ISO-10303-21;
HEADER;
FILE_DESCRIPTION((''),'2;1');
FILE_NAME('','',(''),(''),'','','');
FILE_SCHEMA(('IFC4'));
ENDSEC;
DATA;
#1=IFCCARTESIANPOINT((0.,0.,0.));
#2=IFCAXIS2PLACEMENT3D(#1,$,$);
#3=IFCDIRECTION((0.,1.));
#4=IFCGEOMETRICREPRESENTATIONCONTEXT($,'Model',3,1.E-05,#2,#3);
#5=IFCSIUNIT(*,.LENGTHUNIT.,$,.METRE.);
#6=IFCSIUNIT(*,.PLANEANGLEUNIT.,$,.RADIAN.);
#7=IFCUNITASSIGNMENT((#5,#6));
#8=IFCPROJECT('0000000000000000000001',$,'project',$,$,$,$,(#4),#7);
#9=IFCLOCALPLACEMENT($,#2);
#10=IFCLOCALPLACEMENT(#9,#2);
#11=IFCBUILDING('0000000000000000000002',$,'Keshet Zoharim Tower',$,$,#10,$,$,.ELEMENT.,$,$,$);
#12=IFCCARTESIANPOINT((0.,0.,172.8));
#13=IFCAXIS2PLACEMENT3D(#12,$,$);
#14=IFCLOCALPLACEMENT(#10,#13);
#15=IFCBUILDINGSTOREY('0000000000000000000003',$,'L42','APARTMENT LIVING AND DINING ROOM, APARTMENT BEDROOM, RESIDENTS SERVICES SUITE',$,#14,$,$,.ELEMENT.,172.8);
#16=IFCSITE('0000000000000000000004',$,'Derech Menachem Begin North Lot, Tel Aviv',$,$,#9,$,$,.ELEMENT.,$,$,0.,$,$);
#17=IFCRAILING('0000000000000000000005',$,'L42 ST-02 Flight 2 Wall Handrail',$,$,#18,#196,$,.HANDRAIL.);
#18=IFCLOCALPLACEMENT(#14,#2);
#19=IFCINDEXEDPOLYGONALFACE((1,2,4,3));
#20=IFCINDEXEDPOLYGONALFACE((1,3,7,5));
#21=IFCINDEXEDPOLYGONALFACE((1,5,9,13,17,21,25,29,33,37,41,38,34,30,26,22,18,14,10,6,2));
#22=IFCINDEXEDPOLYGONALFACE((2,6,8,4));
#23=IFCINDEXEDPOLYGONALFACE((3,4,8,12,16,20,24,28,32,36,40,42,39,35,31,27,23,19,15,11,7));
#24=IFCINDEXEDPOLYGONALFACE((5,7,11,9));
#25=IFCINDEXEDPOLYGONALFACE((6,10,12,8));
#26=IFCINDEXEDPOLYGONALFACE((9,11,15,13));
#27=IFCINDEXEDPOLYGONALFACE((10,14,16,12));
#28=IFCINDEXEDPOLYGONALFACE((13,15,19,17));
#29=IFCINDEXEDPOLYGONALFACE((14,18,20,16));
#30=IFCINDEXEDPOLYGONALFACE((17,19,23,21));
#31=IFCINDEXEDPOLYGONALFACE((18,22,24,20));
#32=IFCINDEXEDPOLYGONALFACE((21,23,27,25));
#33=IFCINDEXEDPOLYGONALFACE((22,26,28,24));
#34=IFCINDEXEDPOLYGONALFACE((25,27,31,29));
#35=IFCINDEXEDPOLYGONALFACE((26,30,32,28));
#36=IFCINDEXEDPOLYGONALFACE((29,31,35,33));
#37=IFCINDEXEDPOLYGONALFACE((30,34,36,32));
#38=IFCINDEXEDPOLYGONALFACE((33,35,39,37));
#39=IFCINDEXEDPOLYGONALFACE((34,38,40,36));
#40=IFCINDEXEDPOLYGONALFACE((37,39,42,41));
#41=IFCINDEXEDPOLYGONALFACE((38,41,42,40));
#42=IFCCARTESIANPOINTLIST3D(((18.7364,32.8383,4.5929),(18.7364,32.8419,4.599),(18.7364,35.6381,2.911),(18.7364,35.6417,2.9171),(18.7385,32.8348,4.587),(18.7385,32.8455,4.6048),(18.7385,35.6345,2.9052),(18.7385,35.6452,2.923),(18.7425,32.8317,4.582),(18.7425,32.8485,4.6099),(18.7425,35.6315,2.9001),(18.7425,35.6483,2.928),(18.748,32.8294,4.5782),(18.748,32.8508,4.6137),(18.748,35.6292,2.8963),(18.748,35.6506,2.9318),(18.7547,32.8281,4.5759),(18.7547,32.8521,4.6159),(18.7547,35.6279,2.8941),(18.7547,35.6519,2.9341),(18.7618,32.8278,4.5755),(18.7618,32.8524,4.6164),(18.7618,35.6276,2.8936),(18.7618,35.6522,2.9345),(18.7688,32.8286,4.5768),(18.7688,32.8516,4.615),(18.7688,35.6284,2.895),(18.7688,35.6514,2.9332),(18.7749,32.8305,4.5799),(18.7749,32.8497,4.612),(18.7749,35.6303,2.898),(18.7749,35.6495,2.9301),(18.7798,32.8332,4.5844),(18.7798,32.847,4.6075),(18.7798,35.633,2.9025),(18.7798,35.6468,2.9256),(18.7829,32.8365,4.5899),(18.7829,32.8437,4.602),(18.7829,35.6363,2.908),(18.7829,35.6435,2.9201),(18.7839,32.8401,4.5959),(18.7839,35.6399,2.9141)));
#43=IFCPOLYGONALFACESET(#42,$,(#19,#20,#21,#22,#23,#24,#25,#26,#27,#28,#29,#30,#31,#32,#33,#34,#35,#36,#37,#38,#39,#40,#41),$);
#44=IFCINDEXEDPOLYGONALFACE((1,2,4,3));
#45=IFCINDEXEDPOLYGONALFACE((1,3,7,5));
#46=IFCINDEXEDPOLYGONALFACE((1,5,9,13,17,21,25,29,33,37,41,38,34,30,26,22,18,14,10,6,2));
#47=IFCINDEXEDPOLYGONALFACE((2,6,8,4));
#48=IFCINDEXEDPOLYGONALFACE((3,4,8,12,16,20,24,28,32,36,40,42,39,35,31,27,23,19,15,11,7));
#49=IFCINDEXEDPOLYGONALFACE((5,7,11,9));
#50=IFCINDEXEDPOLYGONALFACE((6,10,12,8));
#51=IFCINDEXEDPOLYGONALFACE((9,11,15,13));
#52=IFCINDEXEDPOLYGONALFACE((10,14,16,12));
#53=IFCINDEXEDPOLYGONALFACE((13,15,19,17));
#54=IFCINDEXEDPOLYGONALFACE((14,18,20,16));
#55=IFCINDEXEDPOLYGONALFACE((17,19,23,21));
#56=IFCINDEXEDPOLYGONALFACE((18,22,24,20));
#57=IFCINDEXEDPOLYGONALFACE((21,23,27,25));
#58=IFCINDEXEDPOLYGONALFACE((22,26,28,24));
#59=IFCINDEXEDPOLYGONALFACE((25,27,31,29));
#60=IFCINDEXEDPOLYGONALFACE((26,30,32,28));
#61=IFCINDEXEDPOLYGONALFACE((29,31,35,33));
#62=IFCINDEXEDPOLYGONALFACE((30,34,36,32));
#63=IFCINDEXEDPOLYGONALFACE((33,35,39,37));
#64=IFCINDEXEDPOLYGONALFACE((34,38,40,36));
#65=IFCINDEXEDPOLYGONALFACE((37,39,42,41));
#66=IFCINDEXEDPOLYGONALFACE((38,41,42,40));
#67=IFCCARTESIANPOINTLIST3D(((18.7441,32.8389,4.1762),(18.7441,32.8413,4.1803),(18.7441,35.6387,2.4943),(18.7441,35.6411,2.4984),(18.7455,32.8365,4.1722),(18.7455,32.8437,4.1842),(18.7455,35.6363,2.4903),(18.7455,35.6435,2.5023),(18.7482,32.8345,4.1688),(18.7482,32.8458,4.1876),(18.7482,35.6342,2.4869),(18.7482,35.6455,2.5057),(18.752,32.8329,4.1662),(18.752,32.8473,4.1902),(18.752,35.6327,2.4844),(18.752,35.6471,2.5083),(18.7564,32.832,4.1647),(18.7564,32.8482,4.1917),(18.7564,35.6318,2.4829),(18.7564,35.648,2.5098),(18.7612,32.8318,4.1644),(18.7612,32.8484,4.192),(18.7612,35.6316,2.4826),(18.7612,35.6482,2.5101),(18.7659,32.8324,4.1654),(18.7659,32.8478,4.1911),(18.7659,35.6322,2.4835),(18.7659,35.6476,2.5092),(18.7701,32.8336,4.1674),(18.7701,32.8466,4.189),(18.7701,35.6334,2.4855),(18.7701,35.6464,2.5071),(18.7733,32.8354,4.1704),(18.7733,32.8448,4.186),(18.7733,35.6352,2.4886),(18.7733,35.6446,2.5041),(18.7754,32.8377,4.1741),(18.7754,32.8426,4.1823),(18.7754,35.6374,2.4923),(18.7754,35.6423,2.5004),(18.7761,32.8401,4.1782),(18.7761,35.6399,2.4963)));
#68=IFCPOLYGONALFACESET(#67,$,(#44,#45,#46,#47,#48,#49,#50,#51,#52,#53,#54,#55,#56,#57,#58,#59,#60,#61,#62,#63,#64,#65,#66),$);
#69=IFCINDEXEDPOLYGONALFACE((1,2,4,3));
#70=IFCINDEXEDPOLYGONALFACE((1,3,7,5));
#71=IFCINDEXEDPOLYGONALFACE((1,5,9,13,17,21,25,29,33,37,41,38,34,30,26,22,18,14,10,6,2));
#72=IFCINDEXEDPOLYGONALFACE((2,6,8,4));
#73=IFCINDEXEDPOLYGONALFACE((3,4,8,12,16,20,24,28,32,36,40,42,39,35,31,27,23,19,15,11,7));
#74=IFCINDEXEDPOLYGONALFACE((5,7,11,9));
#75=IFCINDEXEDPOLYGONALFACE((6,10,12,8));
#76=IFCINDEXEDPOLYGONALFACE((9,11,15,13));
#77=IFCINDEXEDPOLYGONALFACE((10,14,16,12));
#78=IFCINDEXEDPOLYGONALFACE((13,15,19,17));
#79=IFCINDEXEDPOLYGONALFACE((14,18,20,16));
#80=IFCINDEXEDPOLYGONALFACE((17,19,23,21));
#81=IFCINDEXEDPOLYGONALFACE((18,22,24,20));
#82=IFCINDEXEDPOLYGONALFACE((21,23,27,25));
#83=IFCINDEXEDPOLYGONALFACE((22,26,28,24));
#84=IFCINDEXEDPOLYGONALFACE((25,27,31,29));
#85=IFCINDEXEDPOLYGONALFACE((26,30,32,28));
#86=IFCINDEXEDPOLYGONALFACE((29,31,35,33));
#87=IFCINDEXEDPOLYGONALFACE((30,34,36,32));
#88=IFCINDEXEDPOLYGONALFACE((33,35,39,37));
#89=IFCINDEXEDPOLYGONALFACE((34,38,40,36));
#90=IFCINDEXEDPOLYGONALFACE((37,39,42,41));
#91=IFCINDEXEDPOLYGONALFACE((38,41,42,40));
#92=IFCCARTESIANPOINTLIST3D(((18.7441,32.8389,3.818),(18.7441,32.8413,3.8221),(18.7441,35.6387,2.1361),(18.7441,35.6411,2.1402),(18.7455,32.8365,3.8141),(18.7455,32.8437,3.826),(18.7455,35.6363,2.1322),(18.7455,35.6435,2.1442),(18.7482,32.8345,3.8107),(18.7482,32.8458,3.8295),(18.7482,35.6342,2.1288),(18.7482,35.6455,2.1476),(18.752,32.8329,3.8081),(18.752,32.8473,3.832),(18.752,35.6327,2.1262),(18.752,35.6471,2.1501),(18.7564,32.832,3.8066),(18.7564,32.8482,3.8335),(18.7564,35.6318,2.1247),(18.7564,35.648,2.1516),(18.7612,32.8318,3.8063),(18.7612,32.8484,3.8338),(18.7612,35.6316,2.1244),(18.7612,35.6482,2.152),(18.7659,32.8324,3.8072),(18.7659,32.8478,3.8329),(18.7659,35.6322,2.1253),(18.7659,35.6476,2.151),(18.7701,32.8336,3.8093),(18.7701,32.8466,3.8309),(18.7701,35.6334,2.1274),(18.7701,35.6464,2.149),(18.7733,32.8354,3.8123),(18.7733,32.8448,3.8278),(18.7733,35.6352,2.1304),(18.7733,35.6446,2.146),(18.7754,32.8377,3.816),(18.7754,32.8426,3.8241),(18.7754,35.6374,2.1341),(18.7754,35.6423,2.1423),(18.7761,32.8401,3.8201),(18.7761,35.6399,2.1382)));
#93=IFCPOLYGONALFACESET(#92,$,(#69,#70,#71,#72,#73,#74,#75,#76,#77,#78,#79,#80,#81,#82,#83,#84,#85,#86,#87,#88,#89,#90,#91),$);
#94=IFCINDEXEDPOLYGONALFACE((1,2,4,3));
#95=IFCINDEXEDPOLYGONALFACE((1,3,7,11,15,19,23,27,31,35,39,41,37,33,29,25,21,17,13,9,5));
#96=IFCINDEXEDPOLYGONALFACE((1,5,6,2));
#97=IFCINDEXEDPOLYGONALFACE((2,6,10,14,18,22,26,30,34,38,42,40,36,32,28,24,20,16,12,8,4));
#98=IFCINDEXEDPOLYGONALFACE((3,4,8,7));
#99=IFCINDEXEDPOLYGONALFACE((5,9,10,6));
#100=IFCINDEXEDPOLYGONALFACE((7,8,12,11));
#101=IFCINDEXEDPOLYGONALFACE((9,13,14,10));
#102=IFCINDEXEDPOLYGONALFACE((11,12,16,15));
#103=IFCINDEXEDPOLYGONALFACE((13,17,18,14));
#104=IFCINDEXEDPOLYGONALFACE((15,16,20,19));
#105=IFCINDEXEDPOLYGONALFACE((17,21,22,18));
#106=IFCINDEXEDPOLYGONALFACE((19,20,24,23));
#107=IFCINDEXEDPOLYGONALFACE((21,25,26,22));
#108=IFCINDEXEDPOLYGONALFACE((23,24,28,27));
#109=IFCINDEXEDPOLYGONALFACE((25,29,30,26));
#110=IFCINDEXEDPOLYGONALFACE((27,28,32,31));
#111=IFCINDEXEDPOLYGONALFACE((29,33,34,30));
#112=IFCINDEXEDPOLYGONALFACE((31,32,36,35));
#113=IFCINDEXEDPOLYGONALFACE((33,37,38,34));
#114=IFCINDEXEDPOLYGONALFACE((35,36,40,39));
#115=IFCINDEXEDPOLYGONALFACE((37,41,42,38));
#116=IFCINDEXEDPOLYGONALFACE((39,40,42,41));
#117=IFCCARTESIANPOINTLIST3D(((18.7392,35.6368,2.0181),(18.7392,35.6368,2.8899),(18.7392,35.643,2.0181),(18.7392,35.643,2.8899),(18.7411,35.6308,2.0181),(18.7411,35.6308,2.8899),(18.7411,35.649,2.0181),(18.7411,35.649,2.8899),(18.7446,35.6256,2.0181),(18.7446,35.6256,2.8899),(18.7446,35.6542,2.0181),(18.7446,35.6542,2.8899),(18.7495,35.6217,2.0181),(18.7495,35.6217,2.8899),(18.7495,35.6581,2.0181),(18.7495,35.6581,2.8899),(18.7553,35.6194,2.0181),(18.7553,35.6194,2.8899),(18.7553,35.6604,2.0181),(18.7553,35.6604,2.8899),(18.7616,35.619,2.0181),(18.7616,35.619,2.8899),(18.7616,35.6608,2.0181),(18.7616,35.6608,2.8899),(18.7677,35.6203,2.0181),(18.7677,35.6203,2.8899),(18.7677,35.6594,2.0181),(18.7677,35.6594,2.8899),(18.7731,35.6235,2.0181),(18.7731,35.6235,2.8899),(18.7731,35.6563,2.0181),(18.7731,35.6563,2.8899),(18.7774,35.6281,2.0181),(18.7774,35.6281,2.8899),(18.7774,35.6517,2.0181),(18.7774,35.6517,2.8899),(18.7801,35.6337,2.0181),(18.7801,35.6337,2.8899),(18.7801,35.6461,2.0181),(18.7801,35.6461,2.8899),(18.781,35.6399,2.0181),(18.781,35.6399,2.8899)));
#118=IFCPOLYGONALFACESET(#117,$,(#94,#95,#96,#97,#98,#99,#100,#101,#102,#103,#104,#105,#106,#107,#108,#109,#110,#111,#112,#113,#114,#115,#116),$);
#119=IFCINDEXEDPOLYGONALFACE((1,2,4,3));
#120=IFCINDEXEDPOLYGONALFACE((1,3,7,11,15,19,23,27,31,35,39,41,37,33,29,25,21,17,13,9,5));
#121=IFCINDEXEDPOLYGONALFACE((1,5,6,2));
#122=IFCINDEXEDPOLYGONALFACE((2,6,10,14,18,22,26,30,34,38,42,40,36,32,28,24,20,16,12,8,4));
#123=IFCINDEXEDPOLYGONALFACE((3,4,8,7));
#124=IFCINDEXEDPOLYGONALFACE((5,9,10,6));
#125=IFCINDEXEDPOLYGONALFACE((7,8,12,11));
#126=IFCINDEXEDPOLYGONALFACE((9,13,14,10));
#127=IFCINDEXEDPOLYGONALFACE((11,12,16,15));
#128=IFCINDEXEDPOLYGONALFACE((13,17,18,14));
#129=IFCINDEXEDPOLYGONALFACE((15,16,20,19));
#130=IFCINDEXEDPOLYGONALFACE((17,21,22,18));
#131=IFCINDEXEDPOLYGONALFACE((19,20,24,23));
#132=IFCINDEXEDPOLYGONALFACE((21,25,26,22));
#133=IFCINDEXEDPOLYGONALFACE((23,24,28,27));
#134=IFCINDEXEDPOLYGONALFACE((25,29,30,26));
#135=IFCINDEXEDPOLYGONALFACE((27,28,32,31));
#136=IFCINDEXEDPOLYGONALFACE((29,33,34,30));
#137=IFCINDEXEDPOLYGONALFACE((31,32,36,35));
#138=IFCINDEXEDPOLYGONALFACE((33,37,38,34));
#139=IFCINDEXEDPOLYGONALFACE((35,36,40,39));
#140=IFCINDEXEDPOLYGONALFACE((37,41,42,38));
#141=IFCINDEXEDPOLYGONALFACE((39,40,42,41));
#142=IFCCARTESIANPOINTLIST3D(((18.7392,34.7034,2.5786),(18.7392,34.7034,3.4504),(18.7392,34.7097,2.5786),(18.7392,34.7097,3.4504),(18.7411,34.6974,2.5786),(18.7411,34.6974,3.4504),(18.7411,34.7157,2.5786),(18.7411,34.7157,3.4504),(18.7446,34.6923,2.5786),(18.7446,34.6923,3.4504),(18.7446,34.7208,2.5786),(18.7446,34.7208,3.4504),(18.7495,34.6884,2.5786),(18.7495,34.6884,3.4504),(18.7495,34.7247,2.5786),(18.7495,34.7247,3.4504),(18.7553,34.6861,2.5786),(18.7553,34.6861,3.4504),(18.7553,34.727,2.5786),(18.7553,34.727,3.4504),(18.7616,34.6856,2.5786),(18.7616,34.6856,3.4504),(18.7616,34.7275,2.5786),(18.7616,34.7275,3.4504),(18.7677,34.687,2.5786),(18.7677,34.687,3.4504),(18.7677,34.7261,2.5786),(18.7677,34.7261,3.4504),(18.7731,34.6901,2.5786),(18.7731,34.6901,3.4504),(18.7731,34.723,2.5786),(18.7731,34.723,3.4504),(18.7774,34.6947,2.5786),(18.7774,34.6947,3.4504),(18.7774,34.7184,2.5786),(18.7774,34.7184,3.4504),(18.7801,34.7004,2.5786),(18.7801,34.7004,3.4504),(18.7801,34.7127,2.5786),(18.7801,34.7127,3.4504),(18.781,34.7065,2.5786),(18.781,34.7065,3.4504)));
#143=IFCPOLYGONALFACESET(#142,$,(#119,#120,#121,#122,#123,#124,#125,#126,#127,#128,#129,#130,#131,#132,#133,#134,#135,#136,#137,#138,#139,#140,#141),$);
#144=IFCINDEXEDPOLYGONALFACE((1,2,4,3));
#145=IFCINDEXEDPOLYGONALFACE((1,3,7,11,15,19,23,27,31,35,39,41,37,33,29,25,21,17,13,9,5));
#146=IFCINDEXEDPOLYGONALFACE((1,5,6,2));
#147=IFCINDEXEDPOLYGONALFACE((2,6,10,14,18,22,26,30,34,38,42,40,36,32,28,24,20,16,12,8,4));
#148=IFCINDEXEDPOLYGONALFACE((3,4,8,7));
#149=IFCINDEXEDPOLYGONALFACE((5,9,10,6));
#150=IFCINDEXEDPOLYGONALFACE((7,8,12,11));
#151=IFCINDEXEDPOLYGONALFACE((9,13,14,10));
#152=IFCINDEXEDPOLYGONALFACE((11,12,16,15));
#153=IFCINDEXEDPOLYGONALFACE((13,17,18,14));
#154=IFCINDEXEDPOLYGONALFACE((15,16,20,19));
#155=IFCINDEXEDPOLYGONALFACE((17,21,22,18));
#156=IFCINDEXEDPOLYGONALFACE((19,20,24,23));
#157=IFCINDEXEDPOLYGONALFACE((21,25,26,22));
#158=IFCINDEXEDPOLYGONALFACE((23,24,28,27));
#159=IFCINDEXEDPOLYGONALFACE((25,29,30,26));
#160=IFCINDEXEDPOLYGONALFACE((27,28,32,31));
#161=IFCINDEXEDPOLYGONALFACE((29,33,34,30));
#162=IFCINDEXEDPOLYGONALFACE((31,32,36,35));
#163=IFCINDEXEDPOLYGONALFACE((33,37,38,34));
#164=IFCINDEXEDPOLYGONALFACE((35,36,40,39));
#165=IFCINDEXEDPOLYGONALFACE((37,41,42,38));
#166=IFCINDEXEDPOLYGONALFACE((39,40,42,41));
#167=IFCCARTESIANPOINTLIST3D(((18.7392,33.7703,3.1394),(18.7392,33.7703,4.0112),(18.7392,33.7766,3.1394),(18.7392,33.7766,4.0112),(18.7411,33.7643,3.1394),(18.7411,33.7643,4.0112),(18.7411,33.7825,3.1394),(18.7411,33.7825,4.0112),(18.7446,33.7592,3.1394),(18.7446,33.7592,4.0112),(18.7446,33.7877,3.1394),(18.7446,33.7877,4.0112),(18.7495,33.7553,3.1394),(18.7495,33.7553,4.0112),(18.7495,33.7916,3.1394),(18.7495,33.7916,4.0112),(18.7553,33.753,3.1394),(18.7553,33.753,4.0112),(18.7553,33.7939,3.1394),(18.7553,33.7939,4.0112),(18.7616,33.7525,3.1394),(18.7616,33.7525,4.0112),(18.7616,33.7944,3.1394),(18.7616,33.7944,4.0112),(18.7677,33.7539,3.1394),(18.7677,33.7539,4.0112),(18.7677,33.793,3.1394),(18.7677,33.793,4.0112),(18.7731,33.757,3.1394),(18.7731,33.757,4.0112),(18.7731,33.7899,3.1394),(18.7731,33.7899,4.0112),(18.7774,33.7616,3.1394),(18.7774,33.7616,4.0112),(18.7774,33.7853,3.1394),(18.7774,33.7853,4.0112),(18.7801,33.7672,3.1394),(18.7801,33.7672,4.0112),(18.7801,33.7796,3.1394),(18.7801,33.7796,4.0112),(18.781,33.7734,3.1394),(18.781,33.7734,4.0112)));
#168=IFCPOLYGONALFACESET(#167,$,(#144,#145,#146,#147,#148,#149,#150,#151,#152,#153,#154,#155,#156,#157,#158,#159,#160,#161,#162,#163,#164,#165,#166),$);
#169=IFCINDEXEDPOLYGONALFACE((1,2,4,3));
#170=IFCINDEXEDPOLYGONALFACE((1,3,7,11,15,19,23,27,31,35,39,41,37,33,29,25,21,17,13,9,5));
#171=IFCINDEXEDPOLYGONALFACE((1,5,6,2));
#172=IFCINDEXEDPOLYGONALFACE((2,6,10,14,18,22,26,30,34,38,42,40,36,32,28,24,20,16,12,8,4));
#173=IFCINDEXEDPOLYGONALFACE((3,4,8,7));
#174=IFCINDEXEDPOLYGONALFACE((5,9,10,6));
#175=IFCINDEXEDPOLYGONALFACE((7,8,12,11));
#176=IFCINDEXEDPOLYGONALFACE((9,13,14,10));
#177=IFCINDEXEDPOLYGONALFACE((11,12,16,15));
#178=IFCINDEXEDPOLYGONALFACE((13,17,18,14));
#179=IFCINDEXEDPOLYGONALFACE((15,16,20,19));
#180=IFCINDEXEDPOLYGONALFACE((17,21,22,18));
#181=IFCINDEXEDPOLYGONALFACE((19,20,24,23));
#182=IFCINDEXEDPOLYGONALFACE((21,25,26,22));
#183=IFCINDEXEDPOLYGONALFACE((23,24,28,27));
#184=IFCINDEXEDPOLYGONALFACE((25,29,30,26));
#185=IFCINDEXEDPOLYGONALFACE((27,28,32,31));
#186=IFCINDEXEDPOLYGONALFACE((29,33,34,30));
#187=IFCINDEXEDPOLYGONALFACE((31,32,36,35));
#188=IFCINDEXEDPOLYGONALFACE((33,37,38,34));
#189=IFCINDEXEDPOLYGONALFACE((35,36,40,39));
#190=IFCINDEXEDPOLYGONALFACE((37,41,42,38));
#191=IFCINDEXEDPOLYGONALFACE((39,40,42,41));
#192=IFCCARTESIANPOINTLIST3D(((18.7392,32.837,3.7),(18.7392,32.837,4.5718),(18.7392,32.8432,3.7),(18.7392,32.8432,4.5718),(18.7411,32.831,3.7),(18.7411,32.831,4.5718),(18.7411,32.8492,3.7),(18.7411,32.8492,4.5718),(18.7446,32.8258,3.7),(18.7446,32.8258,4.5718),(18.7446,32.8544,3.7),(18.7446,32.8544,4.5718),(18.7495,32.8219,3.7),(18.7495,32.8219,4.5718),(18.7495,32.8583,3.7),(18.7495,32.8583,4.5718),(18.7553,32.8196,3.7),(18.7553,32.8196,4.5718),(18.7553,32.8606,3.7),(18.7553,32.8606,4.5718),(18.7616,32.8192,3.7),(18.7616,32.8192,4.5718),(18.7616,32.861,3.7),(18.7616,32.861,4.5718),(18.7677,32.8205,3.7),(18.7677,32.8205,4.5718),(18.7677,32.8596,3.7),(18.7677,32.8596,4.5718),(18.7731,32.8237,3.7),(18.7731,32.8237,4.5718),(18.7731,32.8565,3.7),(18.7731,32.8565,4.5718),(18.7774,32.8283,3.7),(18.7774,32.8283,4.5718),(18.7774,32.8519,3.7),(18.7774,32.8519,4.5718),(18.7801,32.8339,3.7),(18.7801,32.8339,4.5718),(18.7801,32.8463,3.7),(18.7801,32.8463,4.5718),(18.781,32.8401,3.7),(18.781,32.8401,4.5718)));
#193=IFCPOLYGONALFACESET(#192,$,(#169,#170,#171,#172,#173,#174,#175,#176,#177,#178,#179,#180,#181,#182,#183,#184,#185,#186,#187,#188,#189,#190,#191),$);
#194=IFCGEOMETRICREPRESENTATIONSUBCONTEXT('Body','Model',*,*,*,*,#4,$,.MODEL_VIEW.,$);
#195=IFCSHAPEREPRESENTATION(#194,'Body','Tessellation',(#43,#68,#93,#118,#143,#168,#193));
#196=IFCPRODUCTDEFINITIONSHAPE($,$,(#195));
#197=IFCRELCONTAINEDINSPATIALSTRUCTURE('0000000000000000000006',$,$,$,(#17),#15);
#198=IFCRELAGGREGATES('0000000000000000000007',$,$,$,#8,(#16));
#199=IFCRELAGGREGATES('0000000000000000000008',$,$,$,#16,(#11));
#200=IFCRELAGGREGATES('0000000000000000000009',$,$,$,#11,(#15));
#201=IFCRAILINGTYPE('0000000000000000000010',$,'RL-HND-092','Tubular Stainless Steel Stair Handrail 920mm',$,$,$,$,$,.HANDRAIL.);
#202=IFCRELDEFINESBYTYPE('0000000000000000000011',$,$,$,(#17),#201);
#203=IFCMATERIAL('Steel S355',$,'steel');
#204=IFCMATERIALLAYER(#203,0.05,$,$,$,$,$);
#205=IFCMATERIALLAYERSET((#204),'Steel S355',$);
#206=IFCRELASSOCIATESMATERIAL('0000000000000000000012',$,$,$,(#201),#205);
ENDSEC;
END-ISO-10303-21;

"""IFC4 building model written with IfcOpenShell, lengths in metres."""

from ifc_helpers import new_model, si_unit, direction, frame, origin, origin_2d, place, context, subcontext, project, spatial, circle, extrude, material, layer, layer_set, type_object, element, save


model = new_model("IFC4")

# Units and contexts
model_context = context("Model", 3, precision=1e-05, world=origin(), true_north=direction((0.0, 1.0)))
body_context = subcontext(model_context, "Body", "Model", "MODEL_VIEW")
ifc_project = project(units=[si_unit("LENGTHUNIT", "METRE"), si_unit("PLANEANGLEUNIT", "RADIAN")], contexts=[model_context])

# Site, building, storey
site_placement = place(None, origin())
site = spatial("IfcSite", under=ifc_project, at=site_placement, Name="Derech Menachem Begin North Lot, Tel Aviv", CompositionType="ELEMENT", RefElevation=0.0)
building_placement = place(site_placement, origin())
building = spatial("IfcBuilding", under=site, at=building_placement, Name="Keshet Zoharim Tower", CompositionType="ELEMENT")
storey_placement = place(building_placement, frame((0.0, 0.0, 172.8)))
storey = spatial("IfcBuildingStorey", under=building, at=storey_placement, Name="L42", Description="APARTMENT LIVING AND DINING ROOM, APARTMENT BEDROOM, RESIDENTS SERVICES SUITE", CompositionType="ELEMENT", Elevation=172.8)

# Shared definitions
ifc_material_1 = material(Name="Steel S355", Category="steel")

# Railing
ifc_layer_1 = layer(ifc_material_1, 0.05)
ifc_layer_set_1 = layer_set([ifc_layer_1], Name="Steel S355")
railing_type_1 = type_object("IfcRailingType", Name="RL-HND-092", Description="Tubular Stainless Steel Stair Handrail 920mm", PredefinedType="HANDRAIL", material=ifc_layer_set_1)
railing_1_placement = place(storey_placement, frame((18.76, 35.6399, 2.0181)))
element("IfcRailing", 1, at=railing_1_placement, inside=storey, type_object=railing_type_1, Name="L42 ST-02 Flight 2 Wall Handrail", PredefinedType="HANDRAIL", context=body_context, shape_type="SweptSolid", body=[
    extrude(circle(Radius=0.0239, at=origin_2d()), frame((0.0, 0.0, 0.896), z_axis=(0.0, -0.857222, 0.514946), x_axis=(1.0, 0.0, 0.0)), (0.0, 0.0, 1.0), 3.2661),
    extrude(circle(Radius=0.0161, at=origin_2d()), frame((0.0, 0.0, 0.4783), z_axis=(0.0, -0.857222, 0.514946), x_axis=(1.0, 0.0, 0.0)), (0.0, 0.0, 1.0), 3.2661),
    extrude(circle(Radius=0.0161, at=origin_2d()), frame((0.0, 0.0, 0.1201), z_axis=(0.0, -0.857222, 0.514946), x_axis=(1.0, 0.0, 0.0)), (0.0, 0.0, 1.0), 3.2661),
    extrude(circle(Radius=0.021, at=origin_2d()), origin(), (0.0, 0.0, 1.0), 0.8718),
    extrude(circle(Radius=0.021, at=origin_2d()), frame((0.0, -0.9333, 0.5605)), (0.0, 0.0, 1.0), 0.8718),
    extrude(circle(Radius=0.021, at=origin_2d()), frame((0.0, -1.8665, 1.1213)), (0.0, 0.0, 1.0), 0.8718),
    extrude(circle(Radius=0.021, at=origin_2d()), frame((0.0, -2.7998, 1.6819)), (0.0, 0.0, 1.0), 0.8718),
])

save(model, "model.ifc")
